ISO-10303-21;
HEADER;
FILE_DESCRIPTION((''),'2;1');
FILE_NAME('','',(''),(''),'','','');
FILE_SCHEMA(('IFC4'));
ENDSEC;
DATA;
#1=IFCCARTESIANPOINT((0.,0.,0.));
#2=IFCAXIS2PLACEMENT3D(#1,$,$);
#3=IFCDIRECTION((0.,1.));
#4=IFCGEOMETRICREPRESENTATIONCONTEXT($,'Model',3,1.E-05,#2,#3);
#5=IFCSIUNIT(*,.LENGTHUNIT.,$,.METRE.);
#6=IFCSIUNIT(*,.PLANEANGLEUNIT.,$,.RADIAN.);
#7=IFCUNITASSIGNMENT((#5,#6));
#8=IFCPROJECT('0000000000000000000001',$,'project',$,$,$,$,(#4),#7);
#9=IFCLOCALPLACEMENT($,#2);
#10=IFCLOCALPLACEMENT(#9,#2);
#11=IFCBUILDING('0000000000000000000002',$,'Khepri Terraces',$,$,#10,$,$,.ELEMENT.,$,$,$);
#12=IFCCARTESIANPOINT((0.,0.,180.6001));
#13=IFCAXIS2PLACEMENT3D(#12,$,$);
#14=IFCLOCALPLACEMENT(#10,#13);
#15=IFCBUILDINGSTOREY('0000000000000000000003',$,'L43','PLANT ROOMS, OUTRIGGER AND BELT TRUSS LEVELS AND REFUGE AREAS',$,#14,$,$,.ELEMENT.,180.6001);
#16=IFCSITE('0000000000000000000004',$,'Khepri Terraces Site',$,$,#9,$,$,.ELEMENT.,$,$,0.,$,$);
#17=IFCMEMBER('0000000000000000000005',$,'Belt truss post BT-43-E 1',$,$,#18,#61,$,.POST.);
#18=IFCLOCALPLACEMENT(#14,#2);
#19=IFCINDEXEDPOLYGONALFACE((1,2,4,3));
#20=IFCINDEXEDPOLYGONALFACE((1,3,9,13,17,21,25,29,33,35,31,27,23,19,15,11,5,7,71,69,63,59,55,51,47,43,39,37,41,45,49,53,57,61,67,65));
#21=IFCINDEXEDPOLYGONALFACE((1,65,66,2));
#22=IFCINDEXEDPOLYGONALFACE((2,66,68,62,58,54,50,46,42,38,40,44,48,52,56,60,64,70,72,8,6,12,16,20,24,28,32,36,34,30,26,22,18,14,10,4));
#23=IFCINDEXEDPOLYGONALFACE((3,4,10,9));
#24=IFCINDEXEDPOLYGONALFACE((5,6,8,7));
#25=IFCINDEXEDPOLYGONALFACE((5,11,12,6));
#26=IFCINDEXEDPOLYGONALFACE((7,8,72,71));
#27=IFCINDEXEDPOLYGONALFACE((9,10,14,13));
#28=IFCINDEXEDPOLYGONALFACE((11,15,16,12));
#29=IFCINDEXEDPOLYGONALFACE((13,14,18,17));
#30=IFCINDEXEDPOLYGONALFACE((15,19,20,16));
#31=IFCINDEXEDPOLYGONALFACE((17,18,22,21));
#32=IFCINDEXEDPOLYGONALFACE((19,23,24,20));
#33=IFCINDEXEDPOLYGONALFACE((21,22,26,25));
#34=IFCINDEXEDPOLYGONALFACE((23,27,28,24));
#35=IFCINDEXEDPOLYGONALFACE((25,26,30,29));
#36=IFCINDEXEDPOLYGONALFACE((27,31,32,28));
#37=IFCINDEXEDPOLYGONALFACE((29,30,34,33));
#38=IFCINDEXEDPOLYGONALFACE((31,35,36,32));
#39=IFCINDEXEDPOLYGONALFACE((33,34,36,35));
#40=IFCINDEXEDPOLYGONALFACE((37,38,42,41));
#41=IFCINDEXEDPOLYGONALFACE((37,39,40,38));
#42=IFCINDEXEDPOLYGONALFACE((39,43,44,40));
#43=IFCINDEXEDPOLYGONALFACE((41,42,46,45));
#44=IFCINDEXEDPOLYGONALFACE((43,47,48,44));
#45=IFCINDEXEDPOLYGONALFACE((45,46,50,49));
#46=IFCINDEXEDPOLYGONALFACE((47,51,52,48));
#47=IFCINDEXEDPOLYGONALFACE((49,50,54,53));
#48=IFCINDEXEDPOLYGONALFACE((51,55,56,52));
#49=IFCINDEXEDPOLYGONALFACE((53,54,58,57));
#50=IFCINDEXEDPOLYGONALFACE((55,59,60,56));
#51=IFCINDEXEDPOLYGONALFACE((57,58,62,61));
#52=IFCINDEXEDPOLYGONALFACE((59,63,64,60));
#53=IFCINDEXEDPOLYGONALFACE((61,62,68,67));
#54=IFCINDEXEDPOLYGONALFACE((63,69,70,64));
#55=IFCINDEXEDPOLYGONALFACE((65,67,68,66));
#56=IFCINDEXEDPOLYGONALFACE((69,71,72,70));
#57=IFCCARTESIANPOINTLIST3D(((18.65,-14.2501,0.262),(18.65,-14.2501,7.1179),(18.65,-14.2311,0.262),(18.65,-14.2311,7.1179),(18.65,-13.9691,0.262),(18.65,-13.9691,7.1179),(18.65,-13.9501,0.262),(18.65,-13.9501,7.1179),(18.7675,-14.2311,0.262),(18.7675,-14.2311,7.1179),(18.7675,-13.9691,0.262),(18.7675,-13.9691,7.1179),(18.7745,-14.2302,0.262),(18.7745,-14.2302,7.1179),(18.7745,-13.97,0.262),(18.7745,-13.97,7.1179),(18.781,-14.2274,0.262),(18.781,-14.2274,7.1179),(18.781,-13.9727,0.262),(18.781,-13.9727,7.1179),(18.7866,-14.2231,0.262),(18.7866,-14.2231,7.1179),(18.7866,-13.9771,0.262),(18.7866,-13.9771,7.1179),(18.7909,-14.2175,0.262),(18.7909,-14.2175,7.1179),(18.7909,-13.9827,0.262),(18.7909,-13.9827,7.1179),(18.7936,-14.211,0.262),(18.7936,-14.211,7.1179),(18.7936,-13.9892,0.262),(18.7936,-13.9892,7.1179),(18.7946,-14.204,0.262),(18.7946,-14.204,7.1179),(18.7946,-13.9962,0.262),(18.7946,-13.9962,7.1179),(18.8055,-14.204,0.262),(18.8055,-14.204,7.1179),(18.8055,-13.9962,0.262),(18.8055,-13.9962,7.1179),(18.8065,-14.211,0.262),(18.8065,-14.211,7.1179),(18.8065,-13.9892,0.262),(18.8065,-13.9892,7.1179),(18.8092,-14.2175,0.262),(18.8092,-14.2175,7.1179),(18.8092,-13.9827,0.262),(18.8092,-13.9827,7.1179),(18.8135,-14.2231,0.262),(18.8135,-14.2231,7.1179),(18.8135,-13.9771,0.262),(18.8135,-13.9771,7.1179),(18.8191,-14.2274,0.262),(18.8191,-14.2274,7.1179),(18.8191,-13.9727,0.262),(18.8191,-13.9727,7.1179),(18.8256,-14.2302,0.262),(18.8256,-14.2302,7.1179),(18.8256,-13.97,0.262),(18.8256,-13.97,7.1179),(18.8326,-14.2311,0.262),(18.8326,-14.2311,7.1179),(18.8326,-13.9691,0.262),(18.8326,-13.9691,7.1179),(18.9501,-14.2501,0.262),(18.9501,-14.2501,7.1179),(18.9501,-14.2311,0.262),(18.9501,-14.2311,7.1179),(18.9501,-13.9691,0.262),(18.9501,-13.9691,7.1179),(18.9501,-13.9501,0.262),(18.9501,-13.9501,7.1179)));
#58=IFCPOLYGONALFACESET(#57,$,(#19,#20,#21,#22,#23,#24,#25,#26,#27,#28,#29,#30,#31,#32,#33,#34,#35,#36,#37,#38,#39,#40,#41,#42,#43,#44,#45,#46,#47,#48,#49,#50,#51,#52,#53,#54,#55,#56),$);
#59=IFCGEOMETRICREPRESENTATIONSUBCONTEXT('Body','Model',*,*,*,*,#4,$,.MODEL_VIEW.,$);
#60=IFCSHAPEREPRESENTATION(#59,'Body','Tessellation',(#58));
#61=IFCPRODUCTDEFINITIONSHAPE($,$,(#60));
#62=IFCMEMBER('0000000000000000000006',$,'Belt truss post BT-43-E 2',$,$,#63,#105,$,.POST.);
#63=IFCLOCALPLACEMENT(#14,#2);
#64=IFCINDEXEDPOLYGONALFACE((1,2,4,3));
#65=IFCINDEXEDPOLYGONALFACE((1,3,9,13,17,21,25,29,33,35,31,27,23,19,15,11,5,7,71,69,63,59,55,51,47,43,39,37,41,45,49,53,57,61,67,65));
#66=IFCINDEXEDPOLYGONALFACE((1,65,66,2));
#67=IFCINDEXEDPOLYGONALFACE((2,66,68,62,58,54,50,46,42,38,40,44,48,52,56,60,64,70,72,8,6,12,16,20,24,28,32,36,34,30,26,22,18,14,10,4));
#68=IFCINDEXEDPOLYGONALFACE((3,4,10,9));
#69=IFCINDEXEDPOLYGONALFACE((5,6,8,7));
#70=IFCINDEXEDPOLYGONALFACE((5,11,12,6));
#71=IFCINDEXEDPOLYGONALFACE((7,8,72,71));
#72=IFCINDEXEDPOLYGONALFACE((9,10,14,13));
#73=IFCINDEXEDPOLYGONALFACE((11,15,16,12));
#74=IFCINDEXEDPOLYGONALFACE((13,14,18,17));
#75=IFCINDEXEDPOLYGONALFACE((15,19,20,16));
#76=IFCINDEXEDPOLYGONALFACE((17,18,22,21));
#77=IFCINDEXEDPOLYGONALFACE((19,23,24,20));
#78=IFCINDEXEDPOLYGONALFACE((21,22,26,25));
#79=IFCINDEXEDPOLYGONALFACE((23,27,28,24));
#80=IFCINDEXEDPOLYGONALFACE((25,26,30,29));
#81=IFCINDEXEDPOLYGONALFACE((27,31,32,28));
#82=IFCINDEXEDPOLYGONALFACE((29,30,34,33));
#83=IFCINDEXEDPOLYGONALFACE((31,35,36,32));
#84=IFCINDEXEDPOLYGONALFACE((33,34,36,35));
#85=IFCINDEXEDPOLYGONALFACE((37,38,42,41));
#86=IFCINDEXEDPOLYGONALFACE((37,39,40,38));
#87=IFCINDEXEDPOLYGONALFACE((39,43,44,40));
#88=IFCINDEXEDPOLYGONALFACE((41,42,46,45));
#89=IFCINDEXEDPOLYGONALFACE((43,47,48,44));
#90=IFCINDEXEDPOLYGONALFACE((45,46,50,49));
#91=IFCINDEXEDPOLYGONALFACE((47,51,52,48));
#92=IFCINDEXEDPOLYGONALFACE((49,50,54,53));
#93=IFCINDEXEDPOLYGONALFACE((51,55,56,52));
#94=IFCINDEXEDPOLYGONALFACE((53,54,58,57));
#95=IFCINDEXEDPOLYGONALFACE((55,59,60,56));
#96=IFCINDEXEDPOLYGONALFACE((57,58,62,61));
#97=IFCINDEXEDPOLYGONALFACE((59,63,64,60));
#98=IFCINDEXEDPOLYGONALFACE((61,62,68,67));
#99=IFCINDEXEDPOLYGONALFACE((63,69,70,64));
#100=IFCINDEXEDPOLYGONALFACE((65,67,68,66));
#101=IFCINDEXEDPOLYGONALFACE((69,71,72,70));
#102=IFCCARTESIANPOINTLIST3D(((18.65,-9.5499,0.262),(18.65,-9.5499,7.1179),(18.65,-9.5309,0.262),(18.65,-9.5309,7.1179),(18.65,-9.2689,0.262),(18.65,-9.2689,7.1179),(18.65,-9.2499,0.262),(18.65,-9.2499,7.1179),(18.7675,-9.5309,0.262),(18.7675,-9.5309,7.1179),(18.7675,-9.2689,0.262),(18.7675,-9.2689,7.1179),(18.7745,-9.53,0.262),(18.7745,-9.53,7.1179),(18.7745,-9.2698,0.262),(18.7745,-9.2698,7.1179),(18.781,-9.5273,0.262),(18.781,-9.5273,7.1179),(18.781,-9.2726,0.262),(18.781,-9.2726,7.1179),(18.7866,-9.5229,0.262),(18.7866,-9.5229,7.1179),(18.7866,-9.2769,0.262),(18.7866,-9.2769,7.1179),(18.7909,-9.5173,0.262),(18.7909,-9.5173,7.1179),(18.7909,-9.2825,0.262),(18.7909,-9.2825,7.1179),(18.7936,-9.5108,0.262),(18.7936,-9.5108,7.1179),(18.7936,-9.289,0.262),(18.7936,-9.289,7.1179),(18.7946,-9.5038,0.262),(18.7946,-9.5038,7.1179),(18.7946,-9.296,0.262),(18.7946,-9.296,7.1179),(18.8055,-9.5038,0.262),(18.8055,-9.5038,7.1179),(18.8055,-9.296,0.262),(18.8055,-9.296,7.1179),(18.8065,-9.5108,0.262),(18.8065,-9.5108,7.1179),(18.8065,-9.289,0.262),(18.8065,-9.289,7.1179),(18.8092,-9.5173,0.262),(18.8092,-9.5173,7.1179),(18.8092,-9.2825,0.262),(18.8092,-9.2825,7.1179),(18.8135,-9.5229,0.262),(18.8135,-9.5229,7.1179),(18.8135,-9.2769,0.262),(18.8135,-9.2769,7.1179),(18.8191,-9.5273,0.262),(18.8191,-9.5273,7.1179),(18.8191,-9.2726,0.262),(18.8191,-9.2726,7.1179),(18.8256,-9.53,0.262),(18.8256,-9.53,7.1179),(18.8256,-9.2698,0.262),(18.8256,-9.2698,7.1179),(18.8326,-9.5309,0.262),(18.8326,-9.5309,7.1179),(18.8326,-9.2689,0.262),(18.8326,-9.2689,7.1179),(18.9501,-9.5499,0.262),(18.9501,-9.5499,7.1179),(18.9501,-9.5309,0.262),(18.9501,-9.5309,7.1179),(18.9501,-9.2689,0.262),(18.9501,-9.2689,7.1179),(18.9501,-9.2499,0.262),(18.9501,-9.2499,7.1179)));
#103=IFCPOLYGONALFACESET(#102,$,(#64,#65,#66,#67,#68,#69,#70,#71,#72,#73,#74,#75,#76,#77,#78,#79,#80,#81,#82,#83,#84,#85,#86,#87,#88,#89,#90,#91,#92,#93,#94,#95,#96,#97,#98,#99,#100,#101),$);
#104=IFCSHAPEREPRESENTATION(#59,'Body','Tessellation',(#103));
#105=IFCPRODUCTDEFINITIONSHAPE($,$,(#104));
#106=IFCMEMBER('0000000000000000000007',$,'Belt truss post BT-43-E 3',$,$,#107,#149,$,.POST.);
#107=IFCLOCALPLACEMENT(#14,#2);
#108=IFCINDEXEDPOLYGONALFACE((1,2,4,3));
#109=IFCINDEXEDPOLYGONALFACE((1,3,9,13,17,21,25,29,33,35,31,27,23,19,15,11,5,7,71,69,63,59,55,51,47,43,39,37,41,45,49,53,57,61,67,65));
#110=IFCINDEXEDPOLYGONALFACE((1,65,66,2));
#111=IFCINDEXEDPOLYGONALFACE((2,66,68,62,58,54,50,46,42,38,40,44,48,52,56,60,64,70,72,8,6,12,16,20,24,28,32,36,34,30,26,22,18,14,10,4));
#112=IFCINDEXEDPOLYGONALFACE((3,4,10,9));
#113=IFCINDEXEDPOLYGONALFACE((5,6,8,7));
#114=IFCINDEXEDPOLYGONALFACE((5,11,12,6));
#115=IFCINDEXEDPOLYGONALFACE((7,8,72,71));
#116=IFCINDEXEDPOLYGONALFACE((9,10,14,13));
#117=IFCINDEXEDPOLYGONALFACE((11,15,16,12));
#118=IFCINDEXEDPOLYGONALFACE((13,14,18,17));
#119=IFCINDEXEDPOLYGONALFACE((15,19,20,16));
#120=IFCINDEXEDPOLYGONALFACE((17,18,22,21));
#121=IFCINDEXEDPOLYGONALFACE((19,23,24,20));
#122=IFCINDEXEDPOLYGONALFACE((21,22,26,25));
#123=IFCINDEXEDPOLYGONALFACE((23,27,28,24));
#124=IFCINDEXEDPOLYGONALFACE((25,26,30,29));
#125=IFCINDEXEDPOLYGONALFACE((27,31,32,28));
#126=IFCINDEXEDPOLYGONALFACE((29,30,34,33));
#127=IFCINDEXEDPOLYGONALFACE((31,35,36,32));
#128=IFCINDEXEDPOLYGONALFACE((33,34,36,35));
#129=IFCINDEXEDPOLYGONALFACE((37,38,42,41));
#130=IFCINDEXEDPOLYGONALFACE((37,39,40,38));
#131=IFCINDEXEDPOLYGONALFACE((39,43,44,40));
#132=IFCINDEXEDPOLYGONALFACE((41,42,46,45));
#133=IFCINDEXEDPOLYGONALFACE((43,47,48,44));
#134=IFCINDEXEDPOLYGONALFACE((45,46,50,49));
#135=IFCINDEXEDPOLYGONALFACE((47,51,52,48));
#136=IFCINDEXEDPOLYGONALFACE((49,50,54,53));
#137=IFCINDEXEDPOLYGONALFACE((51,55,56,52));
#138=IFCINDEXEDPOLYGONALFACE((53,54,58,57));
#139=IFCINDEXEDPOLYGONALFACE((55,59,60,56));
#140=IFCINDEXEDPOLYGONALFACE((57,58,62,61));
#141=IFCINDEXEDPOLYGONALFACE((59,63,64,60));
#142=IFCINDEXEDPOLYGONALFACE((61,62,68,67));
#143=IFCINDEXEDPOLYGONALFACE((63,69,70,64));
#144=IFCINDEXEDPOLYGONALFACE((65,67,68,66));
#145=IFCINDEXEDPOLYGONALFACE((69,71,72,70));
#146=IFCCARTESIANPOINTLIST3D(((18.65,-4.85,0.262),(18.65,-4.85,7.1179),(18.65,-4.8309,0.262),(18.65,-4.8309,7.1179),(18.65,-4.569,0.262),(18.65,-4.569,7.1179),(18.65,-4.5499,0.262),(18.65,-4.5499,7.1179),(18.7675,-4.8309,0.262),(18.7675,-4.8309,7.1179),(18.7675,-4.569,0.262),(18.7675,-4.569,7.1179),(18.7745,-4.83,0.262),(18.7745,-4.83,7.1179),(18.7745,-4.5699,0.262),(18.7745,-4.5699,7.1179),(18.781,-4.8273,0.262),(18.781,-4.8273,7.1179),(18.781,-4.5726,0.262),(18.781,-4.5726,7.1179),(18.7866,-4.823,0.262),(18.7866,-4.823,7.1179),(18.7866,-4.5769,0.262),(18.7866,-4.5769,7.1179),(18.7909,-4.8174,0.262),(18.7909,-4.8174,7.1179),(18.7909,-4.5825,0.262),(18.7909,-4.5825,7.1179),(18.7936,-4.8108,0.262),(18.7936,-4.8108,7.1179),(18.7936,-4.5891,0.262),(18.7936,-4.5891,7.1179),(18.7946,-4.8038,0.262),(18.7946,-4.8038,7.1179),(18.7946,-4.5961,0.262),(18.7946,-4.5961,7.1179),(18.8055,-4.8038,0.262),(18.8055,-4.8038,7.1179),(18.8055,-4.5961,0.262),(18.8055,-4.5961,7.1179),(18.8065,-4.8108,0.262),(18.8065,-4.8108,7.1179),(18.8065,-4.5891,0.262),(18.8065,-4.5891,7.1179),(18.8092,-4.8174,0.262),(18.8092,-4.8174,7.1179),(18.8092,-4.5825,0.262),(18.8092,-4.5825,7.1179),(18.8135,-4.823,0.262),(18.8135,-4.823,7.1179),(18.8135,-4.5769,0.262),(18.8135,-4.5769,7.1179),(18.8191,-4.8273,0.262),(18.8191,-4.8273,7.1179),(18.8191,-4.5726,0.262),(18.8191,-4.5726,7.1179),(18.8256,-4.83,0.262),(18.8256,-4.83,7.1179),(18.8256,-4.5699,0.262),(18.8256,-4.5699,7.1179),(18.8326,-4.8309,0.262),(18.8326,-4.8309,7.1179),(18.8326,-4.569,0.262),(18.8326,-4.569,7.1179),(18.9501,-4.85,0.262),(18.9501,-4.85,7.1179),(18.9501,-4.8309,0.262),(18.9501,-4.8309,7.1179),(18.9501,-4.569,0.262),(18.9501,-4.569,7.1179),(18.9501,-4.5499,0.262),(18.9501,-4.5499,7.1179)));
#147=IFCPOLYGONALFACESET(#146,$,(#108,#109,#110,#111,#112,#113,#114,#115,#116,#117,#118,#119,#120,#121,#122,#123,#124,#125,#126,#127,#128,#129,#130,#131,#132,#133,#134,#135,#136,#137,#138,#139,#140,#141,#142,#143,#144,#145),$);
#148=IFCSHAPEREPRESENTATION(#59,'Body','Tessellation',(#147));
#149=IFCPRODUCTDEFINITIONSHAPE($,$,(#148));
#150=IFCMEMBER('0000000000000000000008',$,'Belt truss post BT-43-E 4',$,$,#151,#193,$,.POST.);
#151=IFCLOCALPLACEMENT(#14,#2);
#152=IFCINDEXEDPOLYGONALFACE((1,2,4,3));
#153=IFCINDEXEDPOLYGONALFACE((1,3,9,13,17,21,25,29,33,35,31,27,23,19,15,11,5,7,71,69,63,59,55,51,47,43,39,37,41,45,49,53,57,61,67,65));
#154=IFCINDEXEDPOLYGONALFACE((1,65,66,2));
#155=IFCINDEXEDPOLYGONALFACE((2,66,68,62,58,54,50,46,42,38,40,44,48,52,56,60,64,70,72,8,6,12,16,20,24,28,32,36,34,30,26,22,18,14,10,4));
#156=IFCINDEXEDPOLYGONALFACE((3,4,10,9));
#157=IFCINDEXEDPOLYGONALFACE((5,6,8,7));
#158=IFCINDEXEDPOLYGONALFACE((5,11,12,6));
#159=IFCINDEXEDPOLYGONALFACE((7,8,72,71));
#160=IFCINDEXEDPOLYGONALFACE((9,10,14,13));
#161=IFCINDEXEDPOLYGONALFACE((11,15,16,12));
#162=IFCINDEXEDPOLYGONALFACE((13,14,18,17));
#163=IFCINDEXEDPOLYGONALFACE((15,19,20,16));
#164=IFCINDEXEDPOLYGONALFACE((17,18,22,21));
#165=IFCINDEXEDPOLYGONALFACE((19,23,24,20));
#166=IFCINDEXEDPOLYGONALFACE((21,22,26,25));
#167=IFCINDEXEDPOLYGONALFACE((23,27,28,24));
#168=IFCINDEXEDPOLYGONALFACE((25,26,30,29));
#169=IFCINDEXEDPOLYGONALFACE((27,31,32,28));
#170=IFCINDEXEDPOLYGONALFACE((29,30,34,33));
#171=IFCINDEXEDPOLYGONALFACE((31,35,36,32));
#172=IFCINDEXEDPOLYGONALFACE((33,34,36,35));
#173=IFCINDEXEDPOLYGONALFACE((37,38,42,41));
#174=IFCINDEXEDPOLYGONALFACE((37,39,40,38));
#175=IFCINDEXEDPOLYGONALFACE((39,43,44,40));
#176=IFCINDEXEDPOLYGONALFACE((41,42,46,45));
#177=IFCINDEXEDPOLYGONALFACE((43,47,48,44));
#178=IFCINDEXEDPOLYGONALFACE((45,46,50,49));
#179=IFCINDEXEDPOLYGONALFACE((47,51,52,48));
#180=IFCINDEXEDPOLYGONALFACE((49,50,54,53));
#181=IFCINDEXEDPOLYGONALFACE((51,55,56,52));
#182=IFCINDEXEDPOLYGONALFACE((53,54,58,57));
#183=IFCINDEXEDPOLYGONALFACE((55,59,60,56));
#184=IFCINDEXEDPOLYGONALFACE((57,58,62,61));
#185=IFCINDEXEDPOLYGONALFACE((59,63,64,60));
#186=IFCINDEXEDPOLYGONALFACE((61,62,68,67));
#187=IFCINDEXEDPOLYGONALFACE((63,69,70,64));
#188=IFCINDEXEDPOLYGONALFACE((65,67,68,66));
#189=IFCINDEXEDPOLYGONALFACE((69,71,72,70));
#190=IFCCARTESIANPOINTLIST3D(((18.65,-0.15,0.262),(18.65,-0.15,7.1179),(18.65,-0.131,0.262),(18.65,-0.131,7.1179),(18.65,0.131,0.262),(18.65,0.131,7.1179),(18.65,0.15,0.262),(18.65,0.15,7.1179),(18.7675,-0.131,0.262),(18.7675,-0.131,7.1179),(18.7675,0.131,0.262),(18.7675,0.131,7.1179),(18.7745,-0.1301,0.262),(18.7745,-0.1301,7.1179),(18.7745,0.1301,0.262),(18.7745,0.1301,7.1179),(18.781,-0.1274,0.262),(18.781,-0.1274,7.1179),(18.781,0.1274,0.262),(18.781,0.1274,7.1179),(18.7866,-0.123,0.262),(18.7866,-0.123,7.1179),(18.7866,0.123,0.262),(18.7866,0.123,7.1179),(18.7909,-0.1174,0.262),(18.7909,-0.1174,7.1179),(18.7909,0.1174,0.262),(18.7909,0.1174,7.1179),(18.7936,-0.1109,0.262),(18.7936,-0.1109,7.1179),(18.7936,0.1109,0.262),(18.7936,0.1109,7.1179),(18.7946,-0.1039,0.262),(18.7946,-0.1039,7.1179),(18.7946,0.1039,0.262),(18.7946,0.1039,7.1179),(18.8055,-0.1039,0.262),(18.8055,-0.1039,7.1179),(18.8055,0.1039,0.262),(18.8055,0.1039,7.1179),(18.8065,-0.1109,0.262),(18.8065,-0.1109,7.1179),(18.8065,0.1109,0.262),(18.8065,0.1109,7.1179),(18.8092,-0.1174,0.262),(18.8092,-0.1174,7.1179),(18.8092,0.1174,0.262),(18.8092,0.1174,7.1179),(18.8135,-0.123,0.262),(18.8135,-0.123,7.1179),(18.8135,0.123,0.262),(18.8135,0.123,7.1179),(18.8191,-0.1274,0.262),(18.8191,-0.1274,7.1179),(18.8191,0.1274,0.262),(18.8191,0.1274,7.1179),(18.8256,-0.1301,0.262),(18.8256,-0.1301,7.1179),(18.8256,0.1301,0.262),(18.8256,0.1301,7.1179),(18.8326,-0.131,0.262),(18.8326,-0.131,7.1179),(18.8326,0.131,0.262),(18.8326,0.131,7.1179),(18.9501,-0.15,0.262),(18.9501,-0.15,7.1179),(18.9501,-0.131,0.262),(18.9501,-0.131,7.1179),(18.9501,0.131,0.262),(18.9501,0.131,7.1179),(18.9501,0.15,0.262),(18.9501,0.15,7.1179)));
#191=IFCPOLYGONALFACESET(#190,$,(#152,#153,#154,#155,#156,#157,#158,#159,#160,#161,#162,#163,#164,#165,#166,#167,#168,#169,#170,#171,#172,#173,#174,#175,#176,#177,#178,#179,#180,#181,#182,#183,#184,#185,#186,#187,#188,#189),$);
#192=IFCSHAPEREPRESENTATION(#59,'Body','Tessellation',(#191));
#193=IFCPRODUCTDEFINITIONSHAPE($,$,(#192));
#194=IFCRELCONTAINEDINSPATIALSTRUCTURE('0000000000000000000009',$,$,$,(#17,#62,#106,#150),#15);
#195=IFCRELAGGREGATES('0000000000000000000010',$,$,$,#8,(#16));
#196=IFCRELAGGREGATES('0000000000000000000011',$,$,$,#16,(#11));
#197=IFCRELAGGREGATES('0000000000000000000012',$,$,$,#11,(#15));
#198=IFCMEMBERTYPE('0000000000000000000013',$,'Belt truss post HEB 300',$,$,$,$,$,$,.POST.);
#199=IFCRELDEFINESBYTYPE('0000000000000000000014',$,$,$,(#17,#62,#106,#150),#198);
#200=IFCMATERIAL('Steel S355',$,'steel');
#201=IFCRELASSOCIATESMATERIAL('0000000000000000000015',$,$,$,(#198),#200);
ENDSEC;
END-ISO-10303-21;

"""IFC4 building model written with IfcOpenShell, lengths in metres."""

from ifc_helpers import new_model, si_unit, direction, frame, origin, origin_2d, place, context, subcontext, project, spatial, i_section, extrude, material, material_profile, profile_set, type_object, element, save


model = new_model("IFC4")

# Units and contexts
model_context = context("Model", 3, precision=1e-05, world=origin(), true_north=direction((0.0, 1.0)))
body_context = subcontext(model_context, "Body", "Model", "MODEL_VIEW")
ifc_project = project(units=[si_unit("LENGTHUNIT", "METRE"), si_unit("PLANEANGLEUNIT", "RADIAN")], contexts=[model_context])

# Site, building, storey
site_placement = place(None, origin())
site = spatial("IfcSite", under=ifc_project, at=site_placement, Name="Khepri Terraces Site", CompositionType="ELEMENT", RefElevation=0.0)
building_placement = place(site_placement, origin())
building = spatial("IfcBuilding", under=site, at=building_placement, Name="Khepri Terraces", CompositionType="ELEMENT")
storey_placement = place(building_placement, frame((0.0, 0.0, 180.6001)))
storey = spatial("IfcBuildingStorey", under=building, at=storey_placement, Name="L43", Description="PLANT ROOMS, OUTRIGGER AND BELT TRUSS LEVELS AND REFUGE AREAS", CompositionType="ELEMENT", Elevation=180.6001)

# Members
ifc_material_1 = material(Name="Steel S355", Category="steel")
ifc_material_profile_1 = material_profile(ifc_material_1, i_section(OverallWidth=0.3, OverallDepth=0.3, WebThickness=0.011, FlangeThickness=0.019, FilletRadius=0.0271, at=origin_2d()), Name="Steel S355", Category="steel")
ifc_profile_set_1 = profile_set([ifc_material_profile_1], Name="Steel S355")
member_type_1 = type_object("IfcMemberType", Name="Belt truss post HEB 300", PredefinedType="POST", material=ifc_profile_set_1)
for number, where, z_axis, x_axis, name in (
    (1, (18.8, -14.1001, 0.262), (0.0, 0.0, 1.0), (1.0, 0.0, 0.0), "Belt truss post BT-43-E 1"),
    (2, (18.8, -9.3999, 0.262), (0.0, 0.0, 1.0), (1.0, 0.0, 0.0), "Belt truss post BT-43-E 2"),
    (3, (18.8, -4.7, 0.262), (0.0, 0.0, 1.0), (1.0, 0.0, 0.0), "Belt truss post BT-43-E 3"),
    (4, (18.8, 0.0, 0.262), (0.0, 0.0, 1.0), (1.0, 0.0, 0.0), "Belt truss post BT-43-E 4"),
):
    element("IfcMember", number, at=place(storey_placement, frame(where, z_axis=z_axis, x_axis=x_axis)), inside=storey, type_object=member_type_1, Name=name, PredefinedType="POST", context=body_context, shape_type="SweptSolid", body=[
        extrude(i_section(OverallWidth=0.3, OverallDepth=0.3, WebThickness=0.011, FlangeThickness=0.019, FilletRadius=0.0271, at=origin_2d()), origin(), (0.0, 0.0, 1.0), 6.856),
    ])

save(model, "model.ifc")
